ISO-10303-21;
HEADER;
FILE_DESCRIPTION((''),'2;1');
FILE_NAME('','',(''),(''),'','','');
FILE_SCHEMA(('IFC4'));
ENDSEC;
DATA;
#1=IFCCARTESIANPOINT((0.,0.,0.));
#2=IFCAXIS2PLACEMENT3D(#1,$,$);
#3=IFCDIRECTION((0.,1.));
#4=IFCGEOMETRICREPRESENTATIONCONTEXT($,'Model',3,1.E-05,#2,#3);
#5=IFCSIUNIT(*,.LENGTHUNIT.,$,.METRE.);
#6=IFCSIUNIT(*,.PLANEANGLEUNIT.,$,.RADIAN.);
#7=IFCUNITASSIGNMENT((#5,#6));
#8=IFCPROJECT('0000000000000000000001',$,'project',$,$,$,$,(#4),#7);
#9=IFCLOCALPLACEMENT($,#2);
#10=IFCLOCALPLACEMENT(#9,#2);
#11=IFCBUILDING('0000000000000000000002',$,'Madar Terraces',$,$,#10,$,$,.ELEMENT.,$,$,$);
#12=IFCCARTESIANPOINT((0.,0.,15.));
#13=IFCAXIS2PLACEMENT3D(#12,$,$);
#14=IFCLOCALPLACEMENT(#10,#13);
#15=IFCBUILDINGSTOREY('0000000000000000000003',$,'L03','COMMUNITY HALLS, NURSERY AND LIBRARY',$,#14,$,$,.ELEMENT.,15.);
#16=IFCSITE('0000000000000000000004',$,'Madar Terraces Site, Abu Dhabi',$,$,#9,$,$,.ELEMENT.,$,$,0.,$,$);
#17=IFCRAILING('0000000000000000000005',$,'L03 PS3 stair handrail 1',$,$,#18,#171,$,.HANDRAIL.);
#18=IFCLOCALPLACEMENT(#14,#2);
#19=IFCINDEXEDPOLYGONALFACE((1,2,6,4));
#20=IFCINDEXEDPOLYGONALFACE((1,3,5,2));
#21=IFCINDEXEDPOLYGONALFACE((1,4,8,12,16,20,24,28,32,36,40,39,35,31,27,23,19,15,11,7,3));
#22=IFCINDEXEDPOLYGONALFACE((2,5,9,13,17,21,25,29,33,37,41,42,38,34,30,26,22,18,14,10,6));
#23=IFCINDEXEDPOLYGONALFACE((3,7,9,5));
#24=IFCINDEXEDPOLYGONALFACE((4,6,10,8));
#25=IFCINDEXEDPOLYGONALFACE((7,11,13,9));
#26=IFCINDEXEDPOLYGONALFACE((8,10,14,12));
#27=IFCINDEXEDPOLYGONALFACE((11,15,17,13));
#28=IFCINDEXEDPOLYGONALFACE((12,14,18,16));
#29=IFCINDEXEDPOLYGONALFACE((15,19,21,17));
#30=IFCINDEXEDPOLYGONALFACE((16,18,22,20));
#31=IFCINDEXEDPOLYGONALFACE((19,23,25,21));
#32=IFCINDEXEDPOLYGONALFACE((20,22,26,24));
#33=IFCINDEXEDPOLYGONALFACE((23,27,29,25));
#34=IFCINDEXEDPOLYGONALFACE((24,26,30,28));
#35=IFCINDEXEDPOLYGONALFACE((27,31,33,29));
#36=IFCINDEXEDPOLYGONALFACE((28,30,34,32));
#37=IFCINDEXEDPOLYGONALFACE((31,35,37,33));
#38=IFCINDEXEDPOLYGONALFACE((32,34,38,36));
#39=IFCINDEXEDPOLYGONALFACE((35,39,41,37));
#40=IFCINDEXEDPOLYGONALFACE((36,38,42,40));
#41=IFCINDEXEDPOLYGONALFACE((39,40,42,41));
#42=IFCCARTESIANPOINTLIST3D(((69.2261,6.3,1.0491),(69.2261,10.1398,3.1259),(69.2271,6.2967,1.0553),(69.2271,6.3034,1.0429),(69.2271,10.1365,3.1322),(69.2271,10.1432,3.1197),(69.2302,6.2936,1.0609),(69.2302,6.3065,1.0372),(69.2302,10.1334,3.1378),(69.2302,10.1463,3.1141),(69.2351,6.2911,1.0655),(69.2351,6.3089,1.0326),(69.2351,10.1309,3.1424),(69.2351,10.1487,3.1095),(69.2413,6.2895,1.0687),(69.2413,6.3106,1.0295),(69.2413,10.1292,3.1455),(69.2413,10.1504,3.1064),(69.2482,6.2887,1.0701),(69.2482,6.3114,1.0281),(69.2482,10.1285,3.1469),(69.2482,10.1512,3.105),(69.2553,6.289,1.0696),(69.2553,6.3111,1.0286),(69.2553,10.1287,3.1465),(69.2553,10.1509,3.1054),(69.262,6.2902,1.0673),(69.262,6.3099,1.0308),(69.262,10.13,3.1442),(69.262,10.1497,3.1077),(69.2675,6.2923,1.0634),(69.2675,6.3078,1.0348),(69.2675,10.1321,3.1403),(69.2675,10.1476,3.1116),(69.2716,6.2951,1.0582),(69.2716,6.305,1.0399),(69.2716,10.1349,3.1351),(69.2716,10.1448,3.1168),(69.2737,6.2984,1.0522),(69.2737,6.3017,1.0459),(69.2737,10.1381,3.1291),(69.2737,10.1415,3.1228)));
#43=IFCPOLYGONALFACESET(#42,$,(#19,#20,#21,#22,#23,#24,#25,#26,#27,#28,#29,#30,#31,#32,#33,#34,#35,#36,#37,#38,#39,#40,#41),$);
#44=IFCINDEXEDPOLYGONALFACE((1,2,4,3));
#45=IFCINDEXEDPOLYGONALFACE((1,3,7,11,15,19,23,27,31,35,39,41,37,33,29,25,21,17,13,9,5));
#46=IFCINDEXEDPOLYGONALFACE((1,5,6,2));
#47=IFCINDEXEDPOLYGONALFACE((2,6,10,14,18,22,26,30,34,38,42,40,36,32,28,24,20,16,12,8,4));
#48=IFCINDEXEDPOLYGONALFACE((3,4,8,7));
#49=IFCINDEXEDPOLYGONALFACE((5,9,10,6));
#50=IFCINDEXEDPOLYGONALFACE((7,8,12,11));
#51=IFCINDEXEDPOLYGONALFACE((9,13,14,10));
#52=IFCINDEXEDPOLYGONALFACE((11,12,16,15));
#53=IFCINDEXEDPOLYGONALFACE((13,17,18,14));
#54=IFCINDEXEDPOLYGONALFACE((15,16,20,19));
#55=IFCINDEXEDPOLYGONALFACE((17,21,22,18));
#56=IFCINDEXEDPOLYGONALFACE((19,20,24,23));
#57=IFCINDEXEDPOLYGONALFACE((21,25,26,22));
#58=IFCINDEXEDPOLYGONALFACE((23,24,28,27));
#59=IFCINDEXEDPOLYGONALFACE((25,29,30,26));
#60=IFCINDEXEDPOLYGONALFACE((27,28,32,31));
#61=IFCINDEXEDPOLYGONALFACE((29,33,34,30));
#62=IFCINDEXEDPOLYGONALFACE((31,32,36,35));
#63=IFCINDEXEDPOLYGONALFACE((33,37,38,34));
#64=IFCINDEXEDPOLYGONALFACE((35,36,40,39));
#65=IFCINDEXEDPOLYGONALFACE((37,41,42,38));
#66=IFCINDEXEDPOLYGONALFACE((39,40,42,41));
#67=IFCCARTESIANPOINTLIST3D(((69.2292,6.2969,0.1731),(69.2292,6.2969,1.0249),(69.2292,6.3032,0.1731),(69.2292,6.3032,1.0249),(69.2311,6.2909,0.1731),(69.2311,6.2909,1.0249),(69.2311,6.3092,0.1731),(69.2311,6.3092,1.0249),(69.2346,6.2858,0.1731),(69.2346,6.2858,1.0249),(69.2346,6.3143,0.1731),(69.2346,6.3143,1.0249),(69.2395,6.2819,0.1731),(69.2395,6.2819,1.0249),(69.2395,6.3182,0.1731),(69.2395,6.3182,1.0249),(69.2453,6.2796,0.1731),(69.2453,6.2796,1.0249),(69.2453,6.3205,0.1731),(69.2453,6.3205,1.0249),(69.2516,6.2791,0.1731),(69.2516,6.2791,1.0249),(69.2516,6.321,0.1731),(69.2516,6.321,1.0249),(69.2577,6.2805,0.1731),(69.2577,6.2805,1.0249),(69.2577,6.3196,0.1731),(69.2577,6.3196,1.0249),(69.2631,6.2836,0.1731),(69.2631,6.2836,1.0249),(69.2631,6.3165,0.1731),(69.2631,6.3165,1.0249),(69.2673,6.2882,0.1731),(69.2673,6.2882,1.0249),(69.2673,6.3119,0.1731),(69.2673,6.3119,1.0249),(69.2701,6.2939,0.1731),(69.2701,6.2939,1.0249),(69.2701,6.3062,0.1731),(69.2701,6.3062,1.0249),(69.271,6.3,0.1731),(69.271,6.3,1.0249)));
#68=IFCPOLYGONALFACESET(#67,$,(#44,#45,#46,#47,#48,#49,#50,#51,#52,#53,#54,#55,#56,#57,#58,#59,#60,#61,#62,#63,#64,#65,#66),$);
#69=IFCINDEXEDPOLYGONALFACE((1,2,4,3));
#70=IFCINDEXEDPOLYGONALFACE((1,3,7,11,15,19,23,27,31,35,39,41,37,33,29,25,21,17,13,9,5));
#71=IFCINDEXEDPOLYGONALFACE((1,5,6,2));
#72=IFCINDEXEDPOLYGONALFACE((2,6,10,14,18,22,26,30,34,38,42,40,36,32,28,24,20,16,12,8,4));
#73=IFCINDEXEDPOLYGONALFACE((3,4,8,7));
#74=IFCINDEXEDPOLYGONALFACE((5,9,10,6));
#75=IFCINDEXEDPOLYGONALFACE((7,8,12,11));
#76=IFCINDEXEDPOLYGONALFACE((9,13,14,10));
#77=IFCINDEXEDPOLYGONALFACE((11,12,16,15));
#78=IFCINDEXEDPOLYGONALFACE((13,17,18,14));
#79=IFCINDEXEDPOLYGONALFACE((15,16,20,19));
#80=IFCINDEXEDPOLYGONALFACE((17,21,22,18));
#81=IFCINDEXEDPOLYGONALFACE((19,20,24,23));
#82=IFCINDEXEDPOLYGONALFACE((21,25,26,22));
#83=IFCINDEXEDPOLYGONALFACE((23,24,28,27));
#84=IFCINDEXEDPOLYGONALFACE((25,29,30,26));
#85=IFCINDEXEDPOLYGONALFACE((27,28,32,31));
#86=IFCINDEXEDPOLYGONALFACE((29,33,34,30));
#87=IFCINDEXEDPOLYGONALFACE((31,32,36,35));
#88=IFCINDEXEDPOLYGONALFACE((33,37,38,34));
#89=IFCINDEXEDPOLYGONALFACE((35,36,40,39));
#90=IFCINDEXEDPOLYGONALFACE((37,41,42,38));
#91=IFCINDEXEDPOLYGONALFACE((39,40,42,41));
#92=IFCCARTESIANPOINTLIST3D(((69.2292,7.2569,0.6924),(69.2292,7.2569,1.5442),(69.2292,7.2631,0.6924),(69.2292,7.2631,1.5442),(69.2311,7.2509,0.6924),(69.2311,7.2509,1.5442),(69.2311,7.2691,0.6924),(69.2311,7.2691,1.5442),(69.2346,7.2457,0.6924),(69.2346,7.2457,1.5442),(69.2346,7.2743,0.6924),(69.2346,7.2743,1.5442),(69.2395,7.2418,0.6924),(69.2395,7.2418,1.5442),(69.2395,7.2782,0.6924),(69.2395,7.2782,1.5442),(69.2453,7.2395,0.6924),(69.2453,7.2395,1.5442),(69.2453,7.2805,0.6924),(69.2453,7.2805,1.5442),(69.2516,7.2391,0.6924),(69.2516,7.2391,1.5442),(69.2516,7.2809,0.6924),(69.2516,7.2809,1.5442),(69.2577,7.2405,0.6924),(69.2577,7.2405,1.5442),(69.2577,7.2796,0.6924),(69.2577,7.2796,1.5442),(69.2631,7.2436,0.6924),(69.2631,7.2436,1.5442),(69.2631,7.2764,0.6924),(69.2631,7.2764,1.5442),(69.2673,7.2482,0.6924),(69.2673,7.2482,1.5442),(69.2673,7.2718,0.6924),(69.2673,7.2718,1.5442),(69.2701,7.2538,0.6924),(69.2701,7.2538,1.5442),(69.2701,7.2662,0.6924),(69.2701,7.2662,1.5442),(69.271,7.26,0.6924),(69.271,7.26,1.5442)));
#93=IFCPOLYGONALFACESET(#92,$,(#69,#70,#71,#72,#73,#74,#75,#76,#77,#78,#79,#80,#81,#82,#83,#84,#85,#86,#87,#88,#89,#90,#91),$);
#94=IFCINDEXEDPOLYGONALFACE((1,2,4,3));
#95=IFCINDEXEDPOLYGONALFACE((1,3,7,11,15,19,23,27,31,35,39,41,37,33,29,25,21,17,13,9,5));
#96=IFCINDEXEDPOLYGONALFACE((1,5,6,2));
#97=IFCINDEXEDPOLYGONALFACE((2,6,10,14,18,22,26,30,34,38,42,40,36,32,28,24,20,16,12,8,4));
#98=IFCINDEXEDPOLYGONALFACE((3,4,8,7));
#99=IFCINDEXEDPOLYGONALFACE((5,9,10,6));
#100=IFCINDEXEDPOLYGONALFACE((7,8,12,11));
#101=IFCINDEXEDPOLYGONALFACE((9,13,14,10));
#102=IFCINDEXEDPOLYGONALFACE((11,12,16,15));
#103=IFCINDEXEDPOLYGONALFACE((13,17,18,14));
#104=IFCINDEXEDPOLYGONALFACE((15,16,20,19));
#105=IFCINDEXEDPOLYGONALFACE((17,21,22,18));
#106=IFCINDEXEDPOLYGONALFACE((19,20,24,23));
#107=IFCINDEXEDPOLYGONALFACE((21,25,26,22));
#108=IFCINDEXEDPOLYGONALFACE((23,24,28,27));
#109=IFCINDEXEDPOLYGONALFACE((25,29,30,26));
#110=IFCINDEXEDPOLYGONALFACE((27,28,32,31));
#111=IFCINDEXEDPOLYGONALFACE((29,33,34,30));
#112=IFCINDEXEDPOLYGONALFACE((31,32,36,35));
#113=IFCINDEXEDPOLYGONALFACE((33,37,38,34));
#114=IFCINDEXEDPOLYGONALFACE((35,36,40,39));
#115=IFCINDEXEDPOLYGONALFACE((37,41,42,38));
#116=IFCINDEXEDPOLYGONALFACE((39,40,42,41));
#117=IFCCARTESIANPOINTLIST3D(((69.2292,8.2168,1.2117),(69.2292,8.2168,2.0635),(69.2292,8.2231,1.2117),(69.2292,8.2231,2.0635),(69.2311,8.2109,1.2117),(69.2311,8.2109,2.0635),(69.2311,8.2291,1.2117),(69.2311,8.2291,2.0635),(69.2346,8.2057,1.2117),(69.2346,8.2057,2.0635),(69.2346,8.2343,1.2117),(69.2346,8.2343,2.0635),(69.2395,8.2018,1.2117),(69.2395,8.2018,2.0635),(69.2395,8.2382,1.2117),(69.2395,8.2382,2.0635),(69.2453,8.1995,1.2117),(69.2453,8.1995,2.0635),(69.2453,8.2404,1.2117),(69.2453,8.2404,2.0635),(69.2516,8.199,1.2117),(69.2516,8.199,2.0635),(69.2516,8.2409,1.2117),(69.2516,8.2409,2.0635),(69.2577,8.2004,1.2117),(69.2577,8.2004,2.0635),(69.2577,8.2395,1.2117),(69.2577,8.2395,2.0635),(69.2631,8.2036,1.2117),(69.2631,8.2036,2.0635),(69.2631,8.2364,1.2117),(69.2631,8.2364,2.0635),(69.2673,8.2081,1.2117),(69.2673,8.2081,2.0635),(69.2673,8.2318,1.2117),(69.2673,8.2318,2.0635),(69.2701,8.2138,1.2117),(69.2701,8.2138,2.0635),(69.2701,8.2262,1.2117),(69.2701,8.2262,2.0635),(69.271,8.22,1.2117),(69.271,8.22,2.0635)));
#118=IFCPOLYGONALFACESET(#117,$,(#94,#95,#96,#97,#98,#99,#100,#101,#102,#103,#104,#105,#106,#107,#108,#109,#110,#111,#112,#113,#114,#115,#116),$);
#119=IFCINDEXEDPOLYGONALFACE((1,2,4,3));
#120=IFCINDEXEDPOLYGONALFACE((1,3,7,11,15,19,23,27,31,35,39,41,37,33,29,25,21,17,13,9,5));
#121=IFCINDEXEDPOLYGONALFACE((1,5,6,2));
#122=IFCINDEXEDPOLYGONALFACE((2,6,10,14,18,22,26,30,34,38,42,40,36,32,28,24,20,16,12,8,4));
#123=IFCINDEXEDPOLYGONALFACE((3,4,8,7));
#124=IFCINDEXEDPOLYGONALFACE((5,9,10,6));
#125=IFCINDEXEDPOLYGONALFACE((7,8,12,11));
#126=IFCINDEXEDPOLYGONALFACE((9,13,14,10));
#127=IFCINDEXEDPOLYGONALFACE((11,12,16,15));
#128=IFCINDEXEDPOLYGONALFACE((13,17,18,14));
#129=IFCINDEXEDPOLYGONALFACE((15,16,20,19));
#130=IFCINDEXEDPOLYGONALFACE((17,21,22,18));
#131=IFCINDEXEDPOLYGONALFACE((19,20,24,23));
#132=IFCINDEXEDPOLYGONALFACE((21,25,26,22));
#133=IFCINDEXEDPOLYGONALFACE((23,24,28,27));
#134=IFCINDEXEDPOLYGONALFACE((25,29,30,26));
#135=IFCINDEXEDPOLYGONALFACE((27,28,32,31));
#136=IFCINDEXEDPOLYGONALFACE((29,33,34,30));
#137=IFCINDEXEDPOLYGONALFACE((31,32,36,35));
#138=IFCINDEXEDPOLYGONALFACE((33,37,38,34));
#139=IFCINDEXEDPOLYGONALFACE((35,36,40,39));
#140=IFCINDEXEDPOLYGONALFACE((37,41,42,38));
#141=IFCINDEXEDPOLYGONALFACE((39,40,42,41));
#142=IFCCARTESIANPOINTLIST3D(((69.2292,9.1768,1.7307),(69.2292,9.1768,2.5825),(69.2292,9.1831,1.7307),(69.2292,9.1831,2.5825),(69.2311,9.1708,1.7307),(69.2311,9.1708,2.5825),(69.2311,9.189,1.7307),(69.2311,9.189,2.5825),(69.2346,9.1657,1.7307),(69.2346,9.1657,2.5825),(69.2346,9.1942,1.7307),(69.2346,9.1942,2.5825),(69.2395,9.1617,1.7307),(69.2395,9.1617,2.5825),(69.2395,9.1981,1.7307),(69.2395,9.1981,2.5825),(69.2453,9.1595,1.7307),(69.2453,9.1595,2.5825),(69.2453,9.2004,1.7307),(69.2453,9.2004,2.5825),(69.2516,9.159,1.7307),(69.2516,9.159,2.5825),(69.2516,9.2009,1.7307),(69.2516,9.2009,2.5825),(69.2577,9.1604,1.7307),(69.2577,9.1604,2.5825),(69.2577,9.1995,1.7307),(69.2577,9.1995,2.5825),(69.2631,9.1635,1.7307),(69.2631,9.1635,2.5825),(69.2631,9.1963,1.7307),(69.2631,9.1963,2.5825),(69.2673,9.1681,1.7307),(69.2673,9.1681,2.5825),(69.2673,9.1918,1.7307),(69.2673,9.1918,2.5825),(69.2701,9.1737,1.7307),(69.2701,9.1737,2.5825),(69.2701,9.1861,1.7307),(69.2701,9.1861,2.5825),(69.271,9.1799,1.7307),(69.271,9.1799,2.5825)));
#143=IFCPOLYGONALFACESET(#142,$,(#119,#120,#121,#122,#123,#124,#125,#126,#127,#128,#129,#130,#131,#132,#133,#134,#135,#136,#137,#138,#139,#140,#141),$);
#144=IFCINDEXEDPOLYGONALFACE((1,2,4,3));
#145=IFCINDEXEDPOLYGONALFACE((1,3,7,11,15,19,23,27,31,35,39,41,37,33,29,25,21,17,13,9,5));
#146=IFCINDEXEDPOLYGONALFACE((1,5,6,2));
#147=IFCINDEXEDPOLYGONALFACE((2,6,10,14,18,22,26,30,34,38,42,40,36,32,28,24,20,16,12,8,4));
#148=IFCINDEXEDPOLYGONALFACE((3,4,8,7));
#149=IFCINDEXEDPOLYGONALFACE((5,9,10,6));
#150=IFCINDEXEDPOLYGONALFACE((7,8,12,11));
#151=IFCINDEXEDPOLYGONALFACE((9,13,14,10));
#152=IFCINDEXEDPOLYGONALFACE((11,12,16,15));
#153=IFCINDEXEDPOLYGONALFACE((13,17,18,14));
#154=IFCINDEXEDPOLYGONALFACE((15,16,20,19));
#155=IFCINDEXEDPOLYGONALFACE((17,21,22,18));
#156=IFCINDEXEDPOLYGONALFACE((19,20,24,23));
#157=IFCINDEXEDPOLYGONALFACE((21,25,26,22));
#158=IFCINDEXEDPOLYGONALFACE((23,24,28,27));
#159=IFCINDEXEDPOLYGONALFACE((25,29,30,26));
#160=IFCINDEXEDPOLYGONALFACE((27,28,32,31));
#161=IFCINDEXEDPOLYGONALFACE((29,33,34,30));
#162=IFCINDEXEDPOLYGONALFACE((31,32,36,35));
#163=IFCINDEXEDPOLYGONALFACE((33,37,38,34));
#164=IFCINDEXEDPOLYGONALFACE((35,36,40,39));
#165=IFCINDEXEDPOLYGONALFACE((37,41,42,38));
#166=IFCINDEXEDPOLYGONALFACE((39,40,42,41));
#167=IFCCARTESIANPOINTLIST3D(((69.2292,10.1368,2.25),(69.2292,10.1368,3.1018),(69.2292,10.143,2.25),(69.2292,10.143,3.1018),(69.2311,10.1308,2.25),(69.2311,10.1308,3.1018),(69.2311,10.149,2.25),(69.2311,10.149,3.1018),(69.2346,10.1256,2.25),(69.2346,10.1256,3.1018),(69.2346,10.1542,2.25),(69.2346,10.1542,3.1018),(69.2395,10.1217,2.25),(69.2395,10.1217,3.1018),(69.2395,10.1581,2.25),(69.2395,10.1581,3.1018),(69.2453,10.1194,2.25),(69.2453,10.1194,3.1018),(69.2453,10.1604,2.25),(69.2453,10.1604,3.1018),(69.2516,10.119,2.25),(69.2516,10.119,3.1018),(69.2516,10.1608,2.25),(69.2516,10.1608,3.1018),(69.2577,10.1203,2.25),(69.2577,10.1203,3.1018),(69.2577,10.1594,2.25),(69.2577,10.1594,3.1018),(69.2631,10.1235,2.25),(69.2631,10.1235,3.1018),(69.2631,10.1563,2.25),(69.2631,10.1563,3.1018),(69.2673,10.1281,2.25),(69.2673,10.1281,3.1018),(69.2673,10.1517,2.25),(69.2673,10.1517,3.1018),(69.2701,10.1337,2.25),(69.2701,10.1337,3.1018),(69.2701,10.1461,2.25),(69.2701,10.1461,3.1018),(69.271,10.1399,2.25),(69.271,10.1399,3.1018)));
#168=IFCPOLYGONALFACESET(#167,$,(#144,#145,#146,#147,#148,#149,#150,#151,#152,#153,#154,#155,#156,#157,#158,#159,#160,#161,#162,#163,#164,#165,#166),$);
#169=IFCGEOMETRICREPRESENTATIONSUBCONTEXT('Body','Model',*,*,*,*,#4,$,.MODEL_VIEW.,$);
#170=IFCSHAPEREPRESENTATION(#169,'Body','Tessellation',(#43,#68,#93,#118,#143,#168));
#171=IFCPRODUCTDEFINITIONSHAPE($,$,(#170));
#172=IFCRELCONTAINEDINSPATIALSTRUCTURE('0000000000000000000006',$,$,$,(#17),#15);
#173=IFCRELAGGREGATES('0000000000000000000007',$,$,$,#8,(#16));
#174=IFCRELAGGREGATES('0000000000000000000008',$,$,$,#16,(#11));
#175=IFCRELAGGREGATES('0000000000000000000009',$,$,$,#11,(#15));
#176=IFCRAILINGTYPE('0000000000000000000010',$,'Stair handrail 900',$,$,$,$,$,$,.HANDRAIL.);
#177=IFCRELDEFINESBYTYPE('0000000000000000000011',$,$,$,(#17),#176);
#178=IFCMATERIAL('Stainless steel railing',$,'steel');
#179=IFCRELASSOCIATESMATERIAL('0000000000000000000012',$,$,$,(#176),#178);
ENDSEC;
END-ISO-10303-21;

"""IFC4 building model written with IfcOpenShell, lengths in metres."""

from ifc_helpers import new_model, si_unit, direction, frame, origin, origin_2d, place, context, subcontext, project, spatial, circle, extrude, material, type_object, element, save


model = new_model("IFC4")

# Units and contexts
model_context = context("Model", 3, precision=1e-05, world=origin(), true_north=direction((0.0, 1.0)))
body_context = subcontext(model_context, "Body", "Model", "MODEL_VIEW")
ifc_project = project(units=[si_unit("LENGTHUNIT", "METRE"), si_unit("PLANEANGLEUNIT", "RADIAN")], contexts=[model_context])

# Site, building, storey
site_placement = place(None, origin())
site = spatial("IfcSite", under=ifc_project, at=site_placement, Name="Madar Terraces Site, Abu Dhabi", CompositionType="ELEMENT", RefElevation=0.0)
building_placement = place(site_placement, origin())
building = spatial("IfcBuilding", under=site, at=building_placement, Name="Madar Terraces", CompositionType="ELEMENT")
storey_placement = place(building_placement, frame((0.0, 0.0, 15.0)))
storey = spatial("IfcBuildingStorey", under=building, at=storey_placement, Name="L03", Description="COMMUNITY HALLS, NURSERY AND LIBRARY", CompositionType="ELEMENT", Elevation=15.0)

# Railing
ifc_material_1 = material(Name="Stainless steel railing", Category="steel")
railing_type_1 = type_object("IfcRailingType", Name="Stair handrail 900", PredefinedType="HANDRAIL", material=ifc_material_1)
railing_1_placement = place(storey_placement, frame((69.25, 6.3, 0.1731)))
element("IfcRailing", 1, at=railing_1_placement, inside=storey, type_object=railing_type_1, Name="L03 PS3 stair handrail 1", PredefinedType="HANDRAIL", context=body_context, shape_type="SweptSolid", body=[
    extrude(circle(Radius=0.0239, at=origin_2d()), frame((0.0, 0.0, 0.876), z_axis=(0.0, 0.879581, 0.47575), x_axis=(-1.0, 0.0, 0.0)), (0.0, 0.0, 1.0), 4.3655),
    extrude(circle(Radius=0.021, at=origin_2d()), origin(), (0.0, 0.0, 1.0), 0.8518),
    extrude(circle(Radius=0.021, at=origin_2d()), frame((0.0, 0.96, 0.5193)), (0.0, 0.0, 1.0), 0.8518),
    extrude(circle(Radius=0.021, at=origin_2d()), frame((0.0, 1.9199, 1.0386)), (0.0, 0.0, 1.0), 0.8518),
    extrude(circle(Radius=0.021, at=origin_2d()), frame((0.0, 2.8799, 1.5576)), (0.0, 0.0, 1.0), 0.8518),
    extrude(circle(Radius=0.021, at=origin_2d()), frame((0.0, 3.8398, 2.0769)), (0.0, 0.0, 1.0), 0.8518),
])

save(model, "model.ifc")
